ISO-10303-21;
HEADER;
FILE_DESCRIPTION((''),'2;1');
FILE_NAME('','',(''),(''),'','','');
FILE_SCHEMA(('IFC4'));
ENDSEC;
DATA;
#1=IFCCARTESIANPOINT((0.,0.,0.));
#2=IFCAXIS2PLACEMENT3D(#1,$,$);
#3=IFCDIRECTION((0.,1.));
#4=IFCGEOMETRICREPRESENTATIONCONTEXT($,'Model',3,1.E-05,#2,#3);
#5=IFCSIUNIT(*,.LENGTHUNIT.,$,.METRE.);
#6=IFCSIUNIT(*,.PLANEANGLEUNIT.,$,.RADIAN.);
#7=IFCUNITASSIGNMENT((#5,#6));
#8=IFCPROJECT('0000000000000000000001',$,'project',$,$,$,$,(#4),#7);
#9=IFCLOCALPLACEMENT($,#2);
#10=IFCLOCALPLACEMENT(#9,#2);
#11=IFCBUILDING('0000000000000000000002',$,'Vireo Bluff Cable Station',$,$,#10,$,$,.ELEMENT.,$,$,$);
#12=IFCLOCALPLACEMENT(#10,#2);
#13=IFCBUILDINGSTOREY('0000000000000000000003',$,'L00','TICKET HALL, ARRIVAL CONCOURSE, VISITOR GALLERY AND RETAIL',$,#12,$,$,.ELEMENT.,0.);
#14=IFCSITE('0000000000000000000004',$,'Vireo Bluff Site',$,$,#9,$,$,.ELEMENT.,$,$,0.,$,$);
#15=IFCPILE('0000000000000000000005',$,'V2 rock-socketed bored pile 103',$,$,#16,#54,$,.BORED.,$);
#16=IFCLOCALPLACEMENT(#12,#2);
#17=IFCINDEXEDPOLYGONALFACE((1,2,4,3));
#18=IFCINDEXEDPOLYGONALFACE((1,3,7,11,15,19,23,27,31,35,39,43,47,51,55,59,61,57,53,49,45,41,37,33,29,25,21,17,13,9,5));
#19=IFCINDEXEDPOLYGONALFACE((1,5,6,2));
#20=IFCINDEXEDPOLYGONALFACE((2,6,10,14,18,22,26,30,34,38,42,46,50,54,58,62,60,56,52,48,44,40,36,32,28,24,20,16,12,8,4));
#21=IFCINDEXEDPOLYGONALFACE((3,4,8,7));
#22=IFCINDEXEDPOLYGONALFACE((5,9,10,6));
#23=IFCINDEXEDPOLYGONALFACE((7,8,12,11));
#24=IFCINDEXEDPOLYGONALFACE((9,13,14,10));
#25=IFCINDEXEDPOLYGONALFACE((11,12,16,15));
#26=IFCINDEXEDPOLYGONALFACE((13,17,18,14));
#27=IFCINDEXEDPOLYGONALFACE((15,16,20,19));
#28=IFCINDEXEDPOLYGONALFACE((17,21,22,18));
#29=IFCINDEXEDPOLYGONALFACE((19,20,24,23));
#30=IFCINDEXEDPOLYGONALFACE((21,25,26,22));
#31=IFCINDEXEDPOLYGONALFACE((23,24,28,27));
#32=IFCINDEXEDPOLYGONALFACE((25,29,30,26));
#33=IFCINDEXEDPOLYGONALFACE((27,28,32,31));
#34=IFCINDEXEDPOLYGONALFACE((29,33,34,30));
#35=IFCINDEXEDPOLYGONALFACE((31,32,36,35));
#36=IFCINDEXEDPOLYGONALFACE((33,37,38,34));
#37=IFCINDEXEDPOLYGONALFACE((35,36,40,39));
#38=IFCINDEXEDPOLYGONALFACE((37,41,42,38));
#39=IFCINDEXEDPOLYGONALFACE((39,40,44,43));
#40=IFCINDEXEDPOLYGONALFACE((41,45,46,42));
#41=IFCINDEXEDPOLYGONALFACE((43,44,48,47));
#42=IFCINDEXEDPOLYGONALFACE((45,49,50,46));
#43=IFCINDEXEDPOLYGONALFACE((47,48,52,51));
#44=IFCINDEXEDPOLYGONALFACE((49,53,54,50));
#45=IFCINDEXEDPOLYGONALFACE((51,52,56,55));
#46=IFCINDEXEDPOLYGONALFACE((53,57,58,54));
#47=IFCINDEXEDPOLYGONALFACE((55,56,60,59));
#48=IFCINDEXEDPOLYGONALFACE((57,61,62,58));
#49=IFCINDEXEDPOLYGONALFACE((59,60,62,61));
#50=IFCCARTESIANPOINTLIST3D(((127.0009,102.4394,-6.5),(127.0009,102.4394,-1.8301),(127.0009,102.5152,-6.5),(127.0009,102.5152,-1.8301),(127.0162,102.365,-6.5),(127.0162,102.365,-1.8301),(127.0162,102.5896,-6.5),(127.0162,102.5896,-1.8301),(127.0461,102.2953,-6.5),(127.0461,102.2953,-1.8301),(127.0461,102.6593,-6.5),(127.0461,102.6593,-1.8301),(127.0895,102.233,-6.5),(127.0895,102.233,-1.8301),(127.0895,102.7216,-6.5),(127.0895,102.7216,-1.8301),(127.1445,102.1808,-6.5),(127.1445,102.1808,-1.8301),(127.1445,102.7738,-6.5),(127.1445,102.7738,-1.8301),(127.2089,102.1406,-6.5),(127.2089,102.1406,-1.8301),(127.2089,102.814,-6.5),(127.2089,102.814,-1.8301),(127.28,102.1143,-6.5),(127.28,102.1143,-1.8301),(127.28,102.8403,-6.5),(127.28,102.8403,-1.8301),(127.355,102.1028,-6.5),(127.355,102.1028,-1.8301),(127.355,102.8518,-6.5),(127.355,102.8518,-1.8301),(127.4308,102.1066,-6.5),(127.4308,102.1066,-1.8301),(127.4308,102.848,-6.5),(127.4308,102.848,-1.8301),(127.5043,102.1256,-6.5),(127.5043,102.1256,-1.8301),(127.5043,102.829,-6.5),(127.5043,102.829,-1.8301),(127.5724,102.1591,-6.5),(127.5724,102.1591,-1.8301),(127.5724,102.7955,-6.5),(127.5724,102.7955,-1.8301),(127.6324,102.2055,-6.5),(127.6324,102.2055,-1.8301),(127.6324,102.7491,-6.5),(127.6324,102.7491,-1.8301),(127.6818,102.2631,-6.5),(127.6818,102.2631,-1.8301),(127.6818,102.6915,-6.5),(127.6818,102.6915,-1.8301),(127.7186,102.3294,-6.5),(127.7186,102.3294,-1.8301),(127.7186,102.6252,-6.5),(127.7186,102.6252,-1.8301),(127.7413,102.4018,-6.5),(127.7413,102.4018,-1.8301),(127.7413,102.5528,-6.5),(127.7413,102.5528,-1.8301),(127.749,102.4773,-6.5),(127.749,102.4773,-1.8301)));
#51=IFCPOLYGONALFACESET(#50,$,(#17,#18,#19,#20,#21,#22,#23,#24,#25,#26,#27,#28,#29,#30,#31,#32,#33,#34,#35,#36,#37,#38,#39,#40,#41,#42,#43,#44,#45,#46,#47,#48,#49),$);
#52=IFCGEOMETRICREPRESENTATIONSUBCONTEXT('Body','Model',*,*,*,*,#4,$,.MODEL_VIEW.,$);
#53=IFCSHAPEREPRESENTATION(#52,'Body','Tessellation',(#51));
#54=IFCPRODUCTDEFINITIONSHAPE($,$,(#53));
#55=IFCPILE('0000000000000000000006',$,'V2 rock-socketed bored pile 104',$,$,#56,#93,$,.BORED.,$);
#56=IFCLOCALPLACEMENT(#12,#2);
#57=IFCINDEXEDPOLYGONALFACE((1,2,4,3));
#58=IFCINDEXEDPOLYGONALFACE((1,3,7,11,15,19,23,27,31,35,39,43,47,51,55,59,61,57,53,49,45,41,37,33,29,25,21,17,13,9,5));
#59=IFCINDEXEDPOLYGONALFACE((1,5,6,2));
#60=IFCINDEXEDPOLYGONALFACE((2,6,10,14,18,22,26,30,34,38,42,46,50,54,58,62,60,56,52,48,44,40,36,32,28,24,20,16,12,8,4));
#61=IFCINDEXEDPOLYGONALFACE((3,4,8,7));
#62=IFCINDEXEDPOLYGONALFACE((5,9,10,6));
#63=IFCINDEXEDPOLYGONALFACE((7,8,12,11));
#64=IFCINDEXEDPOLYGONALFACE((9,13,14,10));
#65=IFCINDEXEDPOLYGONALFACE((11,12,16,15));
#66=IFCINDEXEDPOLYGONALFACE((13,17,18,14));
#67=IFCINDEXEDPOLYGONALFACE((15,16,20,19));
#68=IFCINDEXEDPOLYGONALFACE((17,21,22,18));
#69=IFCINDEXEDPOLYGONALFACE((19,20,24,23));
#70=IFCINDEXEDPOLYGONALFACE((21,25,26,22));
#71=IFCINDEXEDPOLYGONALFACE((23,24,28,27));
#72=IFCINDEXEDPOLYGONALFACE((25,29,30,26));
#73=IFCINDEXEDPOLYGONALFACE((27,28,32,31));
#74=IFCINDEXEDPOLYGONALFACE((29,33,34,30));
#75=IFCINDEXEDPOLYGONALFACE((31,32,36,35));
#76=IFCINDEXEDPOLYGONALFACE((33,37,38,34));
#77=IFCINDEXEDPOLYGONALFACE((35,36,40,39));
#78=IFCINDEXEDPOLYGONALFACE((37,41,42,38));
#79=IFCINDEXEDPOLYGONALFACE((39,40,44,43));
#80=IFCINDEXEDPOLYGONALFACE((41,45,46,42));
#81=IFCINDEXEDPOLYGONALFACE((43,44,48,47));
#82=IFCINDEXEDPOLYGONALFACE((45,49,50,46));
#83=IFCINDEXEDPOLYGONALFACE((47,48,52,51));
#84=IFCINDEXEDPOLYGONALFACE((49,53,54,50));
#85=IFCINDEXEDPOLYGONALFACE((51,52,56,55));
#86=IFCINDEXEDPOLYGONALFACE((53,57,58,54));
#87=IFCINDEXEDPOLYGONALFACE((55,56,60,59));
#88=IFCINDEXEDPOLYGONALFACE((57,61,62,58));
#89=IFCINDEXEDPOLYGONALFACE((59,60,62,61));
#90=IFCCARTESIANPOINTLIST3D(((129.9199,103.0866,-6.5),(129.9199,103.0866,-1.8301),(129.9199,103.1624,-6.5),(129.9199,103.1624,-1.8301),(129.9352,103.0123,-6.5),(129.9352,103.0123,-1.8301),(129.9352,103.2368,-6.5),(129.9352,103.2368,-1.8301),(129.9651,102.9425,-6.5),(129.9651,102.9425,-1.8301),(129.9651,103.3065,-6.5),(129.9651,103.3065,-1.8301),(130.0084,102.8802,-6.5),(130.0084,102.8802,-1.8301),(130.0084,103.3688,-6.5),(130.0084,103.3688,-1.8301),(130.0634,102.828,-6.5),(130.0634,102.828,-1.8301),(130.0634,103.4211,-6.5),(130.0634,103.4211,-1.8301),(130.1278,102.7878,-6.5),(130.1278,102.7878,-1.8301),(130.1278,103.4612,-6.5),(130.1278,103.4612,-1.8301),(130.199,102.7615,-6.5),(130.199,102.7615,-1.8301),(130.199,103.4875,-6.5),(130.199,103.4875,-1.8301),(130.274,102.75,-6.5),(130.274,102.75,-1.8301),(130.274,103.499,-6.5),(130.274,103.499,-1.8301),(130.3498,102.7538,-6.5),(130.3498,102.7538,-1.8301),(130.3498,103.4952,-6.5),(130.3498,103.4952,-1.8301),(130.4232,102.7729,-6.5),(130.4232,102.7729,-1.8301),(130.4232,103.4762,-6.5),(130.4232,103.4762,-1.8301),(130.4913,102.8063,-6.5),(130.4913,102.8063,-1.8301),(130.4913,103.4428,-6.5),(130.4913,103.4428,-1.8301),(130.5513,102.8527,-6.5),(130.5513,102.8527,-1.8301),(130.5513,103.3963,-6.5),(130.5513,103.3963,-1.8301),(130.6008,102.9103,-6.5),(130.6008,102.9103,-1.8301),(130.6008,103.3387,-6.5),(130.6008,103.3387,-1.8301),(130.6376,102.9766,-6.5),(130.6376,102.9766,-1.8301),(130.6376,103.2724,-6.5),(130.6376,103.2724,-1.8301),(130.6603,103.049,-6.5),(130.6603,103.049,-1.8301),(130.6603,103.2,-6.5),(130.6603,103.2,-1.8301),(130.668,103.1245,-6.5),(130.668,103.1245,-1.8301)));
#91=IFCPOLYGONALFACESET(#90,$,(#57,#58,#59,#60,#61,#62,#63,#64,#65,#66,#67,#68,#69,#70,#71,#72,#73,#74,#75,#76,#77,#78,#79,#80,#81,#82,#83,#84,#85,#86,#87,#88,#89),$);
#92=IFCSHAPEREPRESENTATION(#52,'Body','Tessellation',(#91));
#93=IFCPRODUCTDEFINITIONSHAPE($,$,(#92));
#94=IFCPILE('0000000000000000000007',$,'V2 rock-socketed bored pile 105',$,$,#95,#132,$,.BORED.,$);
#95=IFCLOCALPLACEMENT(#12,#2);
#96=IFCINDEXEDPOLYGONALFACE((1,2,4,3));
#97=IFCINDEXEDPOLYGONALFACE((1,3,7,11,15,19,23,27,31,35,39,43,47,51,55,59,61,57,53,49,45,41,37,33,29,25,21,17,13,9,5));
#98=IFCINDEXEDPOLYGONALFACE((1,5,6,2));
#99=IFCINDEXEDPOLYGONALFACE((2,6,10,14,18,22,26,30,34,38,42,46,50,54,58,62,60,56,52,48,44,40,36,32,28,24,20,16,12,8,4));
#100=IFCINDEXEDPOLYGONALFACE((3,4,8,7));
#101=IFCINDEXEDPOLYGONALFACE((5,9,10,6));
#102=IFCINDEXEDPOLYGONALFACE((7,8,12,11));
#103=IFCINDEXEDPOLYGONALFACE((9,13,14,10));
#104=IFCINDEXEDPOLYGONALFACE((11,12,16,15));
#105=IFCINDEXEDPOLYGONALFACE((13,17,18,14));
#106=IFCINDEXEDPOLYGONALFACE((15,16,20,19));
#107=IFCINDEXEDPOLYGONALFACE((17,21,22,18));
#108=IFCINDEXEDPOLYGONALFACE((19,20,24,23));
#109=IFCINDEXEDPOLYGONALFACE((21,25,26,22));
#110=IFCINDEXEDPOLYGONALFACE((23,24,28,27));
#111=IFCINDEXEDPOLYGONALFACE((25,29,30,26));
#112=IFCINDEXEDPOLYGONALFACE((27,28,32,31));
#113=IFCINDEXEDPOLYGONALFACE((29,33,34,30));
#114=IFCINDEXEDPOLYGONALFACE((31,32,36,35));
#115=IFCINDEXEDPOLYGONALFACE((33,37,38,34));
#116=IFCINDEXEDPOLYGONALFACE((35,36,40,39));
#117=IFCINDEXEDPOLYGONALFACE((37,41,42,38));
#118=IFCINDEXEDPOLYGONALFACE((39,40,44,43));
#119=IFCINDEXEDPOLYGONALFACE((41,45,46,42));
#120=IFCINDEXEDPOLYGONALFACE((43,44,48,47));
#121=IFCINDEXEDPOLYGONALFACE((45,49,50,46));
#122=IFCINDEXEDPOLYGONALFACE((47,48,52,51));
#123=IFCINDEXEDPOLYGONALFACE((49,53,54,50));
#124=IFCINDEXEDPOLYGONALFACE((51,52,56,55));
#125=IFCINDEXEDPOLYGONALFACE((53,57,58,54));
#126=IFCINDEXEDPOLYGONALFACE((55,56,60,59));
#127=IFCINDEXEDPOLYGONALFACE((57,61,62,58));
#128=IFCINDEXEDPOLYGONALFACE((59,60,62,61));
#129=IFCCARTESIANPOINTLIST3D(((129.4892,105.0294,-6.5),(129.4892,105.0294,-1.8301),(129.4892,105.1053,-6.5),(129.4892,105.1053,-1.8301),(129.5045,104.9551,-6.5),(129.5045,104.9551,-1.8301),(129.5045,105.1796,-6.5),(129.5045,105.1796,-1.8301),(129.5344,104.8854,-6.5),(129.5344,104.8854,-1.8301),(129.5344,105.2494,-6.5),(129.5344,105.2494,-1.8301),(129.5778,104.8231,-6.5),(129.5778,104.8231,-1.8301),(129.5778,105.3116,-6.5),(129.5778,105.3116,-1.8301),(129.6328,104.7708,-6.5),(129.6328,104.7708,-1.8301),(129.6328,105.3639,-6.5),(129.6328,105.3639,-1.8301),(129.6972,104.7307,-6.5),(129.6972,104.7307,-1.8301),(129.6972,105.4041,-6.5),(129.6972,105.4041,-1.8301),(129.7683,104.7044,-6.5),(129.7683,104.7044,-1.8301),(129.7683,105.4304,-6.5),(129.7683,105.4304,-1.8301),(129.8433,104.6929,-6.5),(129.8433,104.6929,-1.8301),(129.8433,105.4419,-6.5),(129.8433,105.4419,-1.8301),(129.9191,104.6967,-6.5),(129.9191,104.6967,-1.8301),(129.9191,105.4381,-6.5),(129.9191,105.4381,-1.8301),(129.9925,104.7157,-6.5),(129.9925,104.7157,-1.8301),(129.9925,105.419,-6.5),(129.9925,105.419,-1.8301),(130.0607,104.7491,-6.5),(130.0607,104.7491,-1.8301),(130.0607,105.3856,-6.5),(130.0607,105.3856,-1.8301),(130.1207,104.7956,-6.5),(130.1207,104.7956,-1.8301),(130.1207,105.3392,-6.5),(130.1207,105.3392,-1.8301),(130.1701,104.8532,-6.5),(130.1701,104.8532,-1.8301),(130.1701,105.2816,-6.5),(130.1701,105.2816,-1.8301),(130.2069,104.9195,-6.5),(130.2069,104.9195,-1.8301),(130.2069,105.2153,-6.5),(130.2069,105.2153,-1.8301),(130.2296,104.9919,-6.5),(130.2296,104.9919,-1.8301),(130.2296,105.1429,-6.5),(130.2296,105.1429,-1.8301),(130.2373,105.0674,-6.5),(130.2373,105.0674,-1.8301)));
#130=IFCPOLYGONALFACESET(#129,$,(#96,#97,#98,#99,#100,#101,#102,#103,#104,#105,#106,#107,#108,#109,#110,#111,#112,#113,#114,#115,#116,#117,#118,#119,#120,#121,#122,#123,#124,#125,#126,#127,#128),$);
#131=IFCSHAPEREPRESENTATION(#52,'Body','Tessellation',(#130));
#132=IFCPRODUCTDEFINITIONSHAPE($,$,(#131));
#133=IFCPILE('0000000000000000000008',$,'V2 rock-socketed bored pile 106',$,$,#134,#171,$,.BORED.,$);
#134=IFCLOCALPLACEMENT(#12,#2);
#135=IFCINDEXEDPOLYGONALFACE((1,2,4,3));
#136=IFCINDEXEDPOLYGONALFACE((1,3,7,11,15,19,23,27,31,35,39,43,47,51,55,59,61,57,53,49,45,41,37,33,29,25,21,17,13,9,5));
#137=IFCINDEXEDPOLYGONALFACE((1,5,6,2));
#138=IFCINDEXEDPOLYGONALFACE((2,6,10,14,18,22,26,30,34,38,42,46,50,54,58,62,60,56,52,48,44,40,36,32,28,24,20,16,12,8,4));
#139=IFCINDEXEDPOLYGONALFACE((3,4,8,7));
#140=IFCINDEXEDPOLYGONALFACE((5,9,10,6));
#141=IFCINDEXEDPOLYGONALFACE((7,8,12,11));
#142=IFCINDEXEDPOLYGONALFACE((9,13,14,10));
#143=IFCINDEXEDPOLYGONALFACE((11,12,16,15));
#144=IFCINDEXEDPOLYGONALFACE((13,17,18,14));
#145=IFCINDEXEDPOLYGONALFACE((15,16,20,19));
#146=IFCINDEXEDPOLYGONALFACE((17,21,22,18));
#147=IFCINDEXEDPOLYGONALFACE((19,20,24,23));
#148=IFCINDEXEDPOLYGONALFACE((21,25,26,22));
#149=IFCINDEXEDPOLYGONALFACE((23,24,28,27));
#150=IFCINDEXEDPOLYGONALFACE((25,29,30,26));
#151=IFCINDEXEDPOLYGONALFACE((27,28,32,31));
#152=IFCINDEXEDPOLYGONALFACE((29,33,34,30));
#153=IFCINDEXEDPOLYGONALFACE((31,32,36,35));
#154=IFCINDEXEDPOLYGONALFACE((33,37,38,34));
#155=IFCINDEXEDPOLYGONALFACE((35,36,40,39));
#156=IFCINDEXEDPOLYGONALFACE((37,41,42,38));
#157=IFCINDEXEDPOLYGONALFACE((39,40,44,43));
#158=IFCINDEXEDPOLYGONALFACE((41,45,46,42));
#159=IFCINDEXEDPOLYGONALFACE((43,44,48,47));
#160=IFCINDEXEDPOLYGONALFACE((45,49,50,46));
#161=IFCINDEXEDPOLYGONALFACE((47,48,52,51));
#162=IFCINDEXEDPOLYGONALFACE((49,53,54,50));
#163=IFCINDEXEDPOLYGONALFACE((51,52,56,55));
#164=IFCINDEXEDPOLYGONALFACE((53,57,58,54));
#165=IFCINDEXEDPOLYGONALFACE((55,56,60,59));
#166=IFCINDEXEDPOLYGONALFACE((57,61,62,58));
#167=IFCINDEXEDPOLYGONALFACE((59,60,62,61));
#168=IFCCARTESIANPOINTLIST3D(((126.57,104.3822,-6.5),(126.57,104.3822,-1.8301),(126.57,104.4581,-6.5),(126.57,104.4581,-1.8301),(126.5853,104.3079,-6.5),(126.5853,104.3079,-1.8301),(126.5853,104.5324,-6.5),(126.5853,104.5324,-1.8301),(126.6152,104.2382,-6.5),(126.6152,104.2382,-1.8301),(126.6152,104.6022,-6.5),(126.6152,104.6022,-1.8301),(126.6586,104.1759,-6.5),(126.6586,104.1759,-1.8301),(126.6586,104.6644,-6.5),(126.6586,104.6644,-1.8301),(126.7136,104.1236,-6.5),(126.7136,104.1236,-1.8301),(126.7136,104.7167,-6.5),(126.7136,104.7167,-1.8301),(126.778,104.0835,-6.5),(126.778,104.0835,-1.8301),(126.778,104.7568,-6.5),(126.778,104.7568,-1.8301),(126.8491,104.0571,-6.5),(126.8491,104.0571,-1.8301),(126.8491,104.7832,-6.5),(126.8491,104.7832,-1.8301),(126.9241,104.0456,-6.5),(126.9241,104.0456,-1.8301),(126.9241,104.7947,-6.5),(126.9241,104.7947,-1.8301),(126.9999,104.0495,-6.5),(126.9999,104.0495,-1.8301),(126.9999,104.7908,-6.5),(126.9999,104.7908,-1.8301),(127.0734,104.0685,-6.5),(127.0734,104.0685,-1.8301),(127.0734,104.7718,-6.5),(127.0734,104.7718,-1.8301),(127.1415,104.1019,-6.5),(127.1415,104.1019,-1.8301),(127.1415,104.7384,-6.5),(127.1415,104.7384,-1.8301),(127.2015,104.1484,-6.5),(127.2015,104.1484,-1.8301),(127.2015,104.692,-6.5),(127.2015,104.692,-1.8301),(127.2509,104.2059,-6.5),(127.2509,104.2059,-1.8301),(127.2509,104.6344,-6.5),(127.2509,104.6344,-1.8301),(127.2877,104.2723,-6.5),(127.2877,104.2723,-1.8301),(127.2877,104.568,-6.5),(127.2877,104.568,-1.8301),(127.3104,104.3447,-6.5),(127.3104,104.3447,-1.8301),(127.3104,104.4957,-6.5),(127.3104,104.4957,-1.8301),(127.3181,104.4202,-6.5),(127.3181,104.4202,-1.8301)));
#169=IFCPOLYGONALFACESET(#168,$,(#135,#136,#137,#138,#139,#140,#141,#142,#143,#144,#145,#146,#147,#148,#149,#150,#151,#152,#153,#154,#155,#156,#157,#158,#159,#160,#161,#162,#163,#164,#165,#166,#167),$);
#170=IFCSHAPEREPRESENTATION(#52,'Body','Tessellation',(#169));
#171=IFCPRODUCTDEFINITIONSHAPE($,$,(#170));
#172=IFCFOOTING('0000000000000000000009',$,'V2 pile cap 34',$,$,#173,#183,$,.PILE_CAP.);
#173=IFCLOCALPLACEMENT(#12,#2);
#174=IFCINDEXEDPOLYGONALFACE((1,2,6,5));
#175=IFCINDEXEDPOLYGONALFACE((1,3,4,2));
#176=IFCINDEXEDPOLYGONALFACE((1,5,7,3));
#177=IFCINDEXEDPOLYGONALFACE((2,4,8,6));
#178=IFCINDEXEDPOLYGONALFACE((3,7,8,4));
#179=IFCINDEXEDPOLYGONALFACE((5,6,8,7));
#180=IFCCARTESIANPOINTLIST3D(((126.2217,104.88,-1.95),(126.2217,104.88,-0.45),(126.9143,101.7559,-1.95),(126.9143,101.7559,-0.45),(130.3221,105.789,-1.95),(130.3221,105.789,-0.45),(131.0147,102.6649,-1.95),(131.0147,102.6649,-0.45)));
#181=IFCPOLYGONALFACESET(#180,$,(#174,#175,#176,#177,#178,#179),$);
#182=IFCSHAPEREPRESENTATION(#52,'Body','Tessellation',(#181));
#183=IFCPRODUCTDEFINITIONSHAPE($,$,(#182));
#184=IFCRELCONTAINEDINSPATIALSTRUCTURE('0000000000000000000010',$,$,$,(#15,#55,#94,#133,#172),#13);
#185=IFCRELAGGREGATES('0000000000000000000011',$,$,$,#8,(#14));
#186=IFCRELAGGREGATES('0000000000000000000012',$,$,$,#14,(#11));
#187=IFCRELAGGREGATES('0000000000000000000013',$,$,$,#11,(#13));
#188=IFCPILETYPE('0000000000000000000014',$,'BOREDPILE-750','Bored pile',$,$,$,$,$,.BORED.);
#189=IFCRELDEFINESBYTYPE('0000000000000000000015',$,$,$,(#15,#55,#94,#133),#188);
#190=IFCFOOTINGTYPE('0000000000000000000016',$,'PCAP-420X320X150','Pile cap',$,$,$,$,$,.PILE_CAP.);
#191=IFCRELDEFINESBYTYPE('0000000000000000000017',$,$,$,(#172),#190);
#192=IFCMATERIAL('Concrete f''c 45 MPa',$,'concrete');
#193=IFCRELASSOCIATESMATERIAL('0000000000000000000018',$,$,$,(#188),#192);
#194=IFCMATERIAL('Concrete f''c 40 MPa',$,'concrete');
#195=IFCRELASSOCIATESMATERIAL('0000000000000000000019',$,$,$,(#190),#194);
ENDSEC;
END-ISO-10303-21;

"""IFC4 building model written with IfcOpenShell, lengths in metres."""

from ifc_helpers import new_model, si_unit, direction, frame, origin, origin_2d, place, context, subcontext, project, spatial, rectangle, circle, extrude, material, material_profile, profile_set, type_object, element, save


model = new_model("IFC4")

# Units and contexts
model_context = context("Model", 3, precision=1e-05, world=origin(), true_north=direction((0.0, 1.0)))
body_context = subcontext(model_context, "Body", "Model", "MODEL_VIEW")
ifc_project = project(units=[si_unit("LENGTHUNIT", "METRE"), si_unit("PLANEANGLEUNIT", "RADIAN")], contexts=[model_context])

# Site, building, storey
site_placement = place(None, origin())
site = spatial("IfcSite", under=ifc_project, at=site_placement, Name="Vireo Bluff Site", CompositionType="ELEMENT", RefElevation=0.0)
building_placement = place(site_placement, origin())
building = spatial("IfcBuilding", under=site, at=building_placement, Name="Vireo Bluff Cable Station", CompositionType="ELEMENT")
storey_placement = place(building_placement, origin())
storey = spatial("IfcBuildingStorey", under=building, at=storey_placement, Name="L00", Description="TICKET HALL, ARRIVAL CONCOURSE, VISITOR GALLERY AND RETAIL", CompositionType="ELEMENT", Elevation=0.0)

# Piles
ifc_material_1 = material(Name="Concrete f'c 45 MPa", Category="concrete")
ifc_material_profile_1 = material_profile(ifc_material_1, circle(Radius=0.375, at=origin_2d()), Name="BOREDPILE-750")
ifc_profile_set_1 = profile_set([ifc_material_profile_1], Name="Concrete f'c 45 MPa")
pile_type = type_object("IfcPileType", Name="BOREDPILE-750", Description="Bored pile", PredefinedType="BORED", material=ifc_profile_set_1)
for number, where, z_axis, x_axis, name in (
    (1, (127.374, 102.4773, -1.8301), (0.0, 0.0, -1.0), (1.0, 0.0, 0.0), "V2 rock-socketed bored pile 103"),
    (2, (130.293, 103.1245, -1.8301), (0.0, 0.0, -1.0), (1.0, 0.0, 0.0), "V2 rock-socketed bored pile 104"),
    (3, (129.8623, 105.0674, -1.8301), (0.0, 0.0, -1.0), (1.0, 0.0, 0.0), "V2 rock-socketed bored pile 105"),
    (4, (126.9431, 104.4202, -1.8301), (0.0, 0.0, -1.0), (1.0, 0.0, 0.0), "V2 rock-socketed bored pile 106"),
):
    element("IfcPile", number, at=place(storey_placement, frame(where, z_axis=z_axis, x_axis=x_axis)), inside=storey, type_object=pile_type, Name=name, PredefinedType="BORED", context=body_context, shape_type="SweptSolid", body=[
        extrude(circle(Radius=0.375, at=origin_2d()), origin(), (0.0, 0.0, 1.0), 4.6699),
    ])

# Footing
ifc_material_2 = material(Name="Concrete f'c 40 MPa", Category="concrete")
footing_type = type_object("IfcFootingType", Name="PCAP-420X320X150", Description="Pile cap", PredefinedType="PILE_CAP", material=ifc_material_2)
footing_placement = place(storey_placement, frame((128.6182, 103.7725, -1.95), z_axis=(0.0, 0.0, 1.0), x_axis=(0.976296, 0.21644, 0.0)))
element("IfcFooting", 5, at=footing_placement, inside=storey, type_object=footing_type, Name="V2 pile cap 34", PredefinedType="PILE_CAP", context=body_context, shape_type="SweptSolid", body=[
    extrude(rectangle(XDim=4.2, YDim=3.2, at=origin_2d()), origin(), (0.0, 0.0, 1.0), 1.5),
])

save(model, "model.ifc")
